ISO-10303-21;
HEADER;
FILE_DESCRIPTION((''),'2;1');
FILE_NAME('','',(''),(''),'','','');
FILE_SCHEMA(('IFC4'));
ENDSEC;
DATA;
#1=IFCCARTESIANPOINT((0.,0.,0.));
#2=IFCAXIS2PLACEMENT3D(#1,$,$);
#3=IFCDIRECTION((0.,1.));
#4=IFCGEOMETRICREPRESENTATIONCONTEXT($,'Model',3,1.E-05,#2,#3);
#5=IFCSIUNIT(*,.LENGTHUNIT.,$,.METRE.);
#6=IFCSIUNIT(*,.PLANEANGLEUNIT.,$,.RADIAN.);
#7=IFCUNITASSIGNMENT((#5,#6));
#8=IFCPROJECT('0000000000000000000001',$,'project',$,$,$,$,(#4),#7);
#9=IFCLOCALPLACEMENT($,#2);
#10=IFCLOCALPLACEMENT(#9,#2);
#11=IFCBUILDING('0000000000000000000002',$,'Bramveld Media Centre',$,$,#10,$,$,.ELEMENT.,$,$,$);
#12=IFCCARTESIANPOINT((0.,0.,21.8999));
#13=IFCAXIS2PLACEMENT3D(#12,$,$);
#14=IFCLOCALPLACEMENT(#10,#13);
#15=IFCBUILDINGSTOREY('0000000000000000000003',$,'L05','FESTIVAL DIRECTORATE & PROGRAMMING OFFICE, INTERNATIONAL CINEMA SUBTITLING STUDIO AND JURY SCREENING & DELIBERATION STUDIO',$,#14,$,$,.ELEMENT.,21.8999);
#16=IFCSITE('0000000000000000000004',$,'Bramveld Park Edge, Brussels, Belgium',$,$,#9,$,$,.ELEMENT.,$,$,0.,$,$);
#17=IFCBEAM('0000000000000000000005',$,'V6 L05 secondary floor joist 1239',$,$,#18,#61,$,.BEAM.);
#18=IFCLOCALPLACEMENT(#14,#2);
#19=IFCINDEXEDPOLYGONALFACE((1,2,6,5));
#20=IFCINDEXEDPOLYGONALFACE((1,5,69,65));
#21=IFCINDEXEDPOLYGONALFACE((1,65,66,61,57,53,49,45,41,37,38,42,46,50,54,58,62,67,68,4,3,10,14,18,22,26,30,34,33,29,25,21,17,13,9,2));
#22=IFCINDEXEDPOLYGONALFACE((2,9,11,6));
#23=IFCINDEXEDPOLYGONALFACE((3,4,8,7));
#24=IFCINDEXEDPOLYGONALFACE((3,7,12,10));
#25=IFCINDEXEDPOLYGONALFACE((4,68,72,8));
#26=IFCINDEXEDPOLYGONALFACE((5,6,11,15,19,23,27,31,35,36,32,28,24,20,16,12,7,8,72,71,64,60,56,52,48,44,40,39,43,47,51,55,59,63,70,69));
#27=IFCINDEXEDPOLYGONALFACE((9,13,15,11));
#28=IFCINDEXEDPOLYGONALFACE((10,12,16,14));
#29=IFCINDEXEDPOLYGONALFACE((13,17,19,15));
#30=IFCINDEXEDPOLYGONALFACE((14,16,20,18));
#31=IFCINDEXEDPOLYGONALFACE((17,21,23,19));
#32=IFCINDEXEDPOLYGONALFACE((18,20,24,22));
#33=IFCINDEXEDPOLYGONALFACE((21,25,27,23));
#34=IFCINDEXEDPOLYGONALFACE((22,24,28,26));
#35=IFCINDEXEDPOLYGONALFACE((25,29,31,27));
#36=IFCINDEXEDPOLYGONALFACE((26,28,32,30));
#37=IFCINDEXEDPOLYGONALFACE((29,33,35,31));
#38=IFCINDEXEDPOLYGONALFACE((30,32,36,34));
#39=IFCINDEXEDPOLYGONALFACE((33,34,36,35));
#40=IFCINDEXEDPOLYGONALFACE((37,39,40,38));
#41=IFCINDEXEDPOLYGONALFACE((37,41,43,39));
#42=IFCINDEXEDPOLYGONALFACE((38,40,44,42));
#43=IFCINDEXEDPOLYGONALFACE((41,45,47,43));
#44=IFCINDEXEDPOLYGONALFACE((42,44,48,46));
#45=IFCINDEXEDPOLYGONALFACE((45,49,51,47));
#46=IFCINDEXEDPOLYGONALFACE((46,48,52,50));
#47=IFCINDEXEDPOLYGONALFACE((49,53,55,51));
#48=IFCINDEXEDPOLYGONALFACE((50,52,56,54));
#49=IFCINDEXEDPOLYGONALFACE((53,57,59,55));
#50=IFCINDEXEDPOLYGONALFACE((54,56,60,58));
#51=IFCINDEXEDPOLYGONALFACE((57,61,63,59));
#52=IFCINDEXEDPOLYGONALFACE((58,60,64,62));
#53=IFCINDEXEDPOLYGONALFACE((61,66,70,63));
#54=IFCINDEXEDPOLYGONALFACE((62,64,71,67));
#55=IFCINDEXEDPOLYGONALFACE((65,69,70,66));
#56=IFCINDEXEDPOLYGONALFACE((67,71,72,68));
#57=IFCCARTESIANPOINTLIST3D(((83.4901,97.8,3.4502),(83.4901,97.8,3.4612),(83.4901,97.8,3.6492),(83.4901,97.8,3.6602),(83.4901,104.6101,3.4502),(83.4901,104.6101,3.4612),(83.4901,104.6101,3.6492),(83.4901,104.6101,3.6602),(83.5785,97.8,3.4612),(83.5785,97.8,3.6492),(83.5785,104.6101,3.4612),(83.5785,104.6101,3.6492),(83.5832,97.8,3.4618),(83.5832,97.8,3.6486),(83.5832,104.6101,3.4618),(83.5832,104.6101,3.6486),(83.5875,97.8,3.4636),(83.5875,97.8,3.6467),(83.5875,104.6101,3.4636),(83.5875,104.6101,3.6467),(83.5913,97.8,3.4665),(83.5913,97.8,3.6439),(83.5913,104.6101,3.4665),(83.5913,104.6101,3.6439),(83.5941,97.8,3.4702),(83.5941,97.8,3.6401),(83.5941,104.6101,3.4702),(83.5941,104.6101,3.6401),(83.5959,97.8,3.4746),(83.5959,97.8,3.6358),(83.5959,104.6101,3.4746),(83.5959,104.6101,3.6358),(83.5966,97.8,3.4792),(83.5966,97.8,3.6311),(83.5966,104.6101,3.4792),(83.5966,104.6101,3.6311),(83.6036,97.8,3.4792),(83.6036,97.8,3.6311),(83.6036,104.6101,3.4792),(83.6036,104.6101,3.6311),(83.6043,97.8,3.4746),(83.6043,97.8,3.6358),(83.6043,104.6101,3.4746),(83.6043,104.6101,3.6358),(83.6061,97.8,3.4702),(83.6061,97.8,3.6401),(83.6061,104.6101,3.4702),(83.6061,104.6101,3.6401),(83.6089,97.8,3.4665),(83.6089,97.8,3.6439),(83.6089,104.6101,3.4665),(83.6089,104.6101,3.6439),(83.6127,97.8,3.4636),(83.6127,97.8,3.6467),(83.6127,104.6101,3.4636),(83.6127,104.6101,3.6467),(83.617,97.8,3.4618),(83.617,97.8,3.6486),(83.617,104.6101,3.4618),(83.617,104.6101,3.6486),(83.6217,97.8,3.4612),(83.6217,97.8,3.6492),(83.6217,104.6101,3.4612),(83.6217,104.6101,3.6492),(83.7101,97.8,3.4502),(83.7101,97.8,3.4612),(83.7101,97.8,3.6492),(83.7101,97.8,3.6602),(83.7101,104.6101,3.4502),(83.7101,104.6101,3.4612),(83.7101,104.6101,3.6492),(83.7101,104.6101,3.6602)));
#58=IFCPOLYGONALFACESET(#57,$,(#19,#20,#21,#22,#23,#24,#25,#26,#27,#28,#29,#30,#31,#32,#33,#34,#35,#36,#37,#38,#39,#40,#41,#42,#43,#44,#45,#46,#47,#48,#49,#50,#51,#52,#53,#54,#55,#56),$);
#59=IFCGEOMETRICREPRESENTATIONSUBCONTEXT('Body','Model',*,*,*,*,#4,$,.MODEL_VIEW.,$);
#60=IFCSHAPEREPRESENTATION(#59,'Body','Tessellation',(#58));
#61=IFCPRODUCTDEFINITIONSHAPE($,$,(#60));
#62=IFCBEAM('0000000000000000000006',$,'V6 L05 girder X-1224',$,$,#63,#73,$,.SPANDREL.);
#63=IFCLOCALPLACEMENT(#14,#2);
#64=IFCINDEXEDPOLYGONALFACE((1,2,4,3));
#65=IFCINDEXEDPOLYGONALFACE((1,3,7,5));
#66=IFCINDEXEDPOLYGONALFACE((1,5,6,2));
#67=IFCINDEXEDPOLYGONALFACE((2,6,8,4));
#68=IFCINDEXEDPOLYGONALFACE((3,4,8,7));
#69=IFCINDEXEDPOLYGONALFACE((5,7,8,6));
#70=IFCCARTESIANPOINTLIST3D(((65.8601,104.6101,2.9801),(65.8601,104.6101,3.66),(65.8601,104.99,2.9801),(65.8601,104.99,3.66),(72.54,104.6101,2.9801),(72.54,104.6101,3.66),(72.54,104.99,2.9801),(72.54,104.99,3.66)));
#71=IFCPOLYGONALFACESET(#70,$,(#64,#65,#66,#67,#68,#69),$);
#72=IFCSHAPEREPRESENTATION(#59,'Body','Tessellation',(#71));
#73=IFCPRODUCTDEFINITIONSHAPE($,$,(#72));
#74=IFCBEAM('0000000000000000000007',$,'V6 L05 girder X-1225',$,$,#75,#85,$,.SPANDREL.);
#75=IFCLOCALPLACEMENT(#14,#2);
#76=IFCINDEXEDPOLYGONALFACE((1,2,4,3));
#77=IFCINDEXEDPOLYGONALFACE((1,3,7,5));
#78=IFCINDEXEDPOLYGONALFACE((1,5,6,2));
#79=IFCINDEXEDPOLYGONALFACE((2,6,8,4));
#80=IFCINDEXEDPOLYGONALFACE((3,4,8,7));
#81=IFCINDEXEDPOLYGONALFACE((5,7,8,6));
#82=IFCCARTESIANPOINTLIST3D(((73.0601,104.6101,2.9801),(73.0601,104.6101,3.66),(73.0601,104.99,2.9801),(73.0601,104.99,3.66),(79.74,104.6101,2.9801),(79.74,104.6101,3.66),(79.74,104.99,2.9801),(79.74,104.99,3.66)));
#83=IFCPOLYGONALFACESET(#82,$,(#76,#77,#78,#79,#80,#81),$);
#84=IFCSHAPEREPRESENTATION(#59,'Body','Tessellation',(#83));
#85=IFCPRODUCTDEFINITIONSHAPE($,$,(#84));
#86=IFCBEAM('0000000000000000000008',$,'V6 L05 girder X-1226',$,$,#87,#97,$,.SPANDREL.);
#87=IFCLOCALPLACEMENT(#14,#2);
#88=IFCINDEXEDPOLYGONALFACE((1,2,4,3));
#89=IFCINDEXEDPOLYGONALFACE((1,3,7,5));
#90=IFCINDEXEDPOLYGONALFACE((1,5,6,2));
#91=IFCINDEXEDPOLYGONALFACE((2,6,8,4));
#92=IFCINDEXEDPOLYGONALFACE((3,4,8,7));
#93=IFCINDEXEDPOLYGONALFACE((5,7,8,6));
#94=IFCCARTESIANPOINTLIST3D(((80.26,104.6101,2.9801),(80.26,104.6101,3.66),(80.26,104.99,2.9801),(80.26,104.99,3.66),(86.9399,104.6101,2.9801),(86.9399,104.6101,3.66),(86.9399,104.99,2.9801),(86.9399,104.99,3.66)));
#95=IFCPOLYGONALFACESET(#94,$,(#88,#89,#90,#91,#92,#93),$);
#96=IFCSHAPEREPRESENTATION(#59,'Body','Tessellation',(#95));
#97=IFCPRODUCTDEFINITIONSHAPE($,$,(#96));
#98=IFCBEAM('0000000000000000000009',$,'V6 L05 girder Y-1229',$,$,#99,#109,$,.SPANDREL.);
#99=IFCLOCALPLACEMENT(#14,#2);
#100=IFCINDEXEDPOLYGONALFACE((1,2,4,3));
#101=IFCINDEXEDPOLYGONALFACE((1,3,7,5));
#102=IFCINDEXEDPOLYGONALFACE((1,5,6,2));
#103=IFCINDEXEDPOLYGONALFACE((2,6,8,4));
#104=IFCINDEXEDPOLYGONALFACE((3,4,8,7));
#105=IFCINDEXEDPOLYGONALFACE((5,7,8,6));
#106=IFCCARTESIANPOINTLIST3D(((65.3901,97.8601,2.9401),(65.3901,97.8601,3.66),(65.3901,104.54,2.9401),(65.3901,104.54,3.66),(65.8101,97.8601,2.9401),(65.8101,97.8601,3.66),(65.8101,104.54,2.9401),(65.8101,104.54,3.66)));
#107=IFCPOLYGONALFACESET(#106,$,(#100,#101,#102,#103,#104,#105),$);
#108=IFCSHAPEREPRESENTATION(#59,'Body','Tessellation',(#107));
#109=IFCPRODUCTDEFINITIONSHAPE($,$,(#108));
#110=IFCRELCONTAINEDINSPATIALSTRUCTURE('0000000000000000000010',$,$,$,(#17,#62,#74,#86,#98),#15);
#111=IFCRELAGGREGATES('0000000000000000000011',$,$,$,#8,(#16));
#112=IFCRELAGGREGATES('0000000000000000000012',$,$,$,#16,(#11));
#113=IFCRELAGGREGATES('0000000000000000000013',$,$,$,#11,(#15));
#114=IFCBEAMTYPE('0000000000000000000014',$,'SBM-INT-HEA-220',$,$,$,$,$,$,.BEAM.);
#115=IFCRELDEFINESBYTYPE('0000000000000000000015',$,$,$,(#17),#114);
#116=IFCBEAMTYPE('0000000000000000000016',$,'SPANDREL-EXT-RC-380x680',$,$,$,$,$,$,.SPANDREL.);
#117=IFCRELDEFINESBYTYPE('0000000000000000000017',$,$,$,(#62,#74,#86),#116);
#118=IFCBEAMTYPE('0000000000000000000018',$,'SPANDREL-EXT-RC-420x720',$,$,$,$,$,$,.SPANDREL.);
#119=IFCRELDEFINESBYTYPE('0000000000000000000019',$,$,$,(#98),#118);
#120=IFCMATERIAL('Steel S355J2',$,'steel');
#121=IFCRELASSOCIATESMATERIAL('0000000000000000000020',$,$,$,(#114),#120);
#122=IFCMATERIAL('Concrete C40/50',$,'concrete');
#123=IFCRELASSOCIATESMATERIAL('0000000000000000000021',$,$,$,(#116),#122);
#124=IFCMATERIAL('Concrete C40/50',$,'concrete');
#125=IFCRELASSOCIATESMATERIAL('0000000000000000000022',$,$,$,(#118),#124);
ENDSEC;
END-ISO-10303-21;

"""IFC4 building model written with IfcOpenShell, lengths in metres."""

from ifc_helpers import new_model, si_unit, direction, frame, origin, origin_2d, place, context, subcontext, project, spatial, rectangle, i_section, extrude, material, material_profile, profile_set, type_object, element, save


model = new_model("IFC4")

# Units and contexts
model_context = context("Model", 3, precision=1e-05, world=origin(), true_north=direction((0.0, 1.0)))
body_context = subcontext(model_context, "Body", "Model", "MODEL_VIEW")
ifc_project = project(units=[si_unit("LENGTHUNIT", "METRE"), si_unit("PLANEANGLEUNIT", "RADIAN")], contexts=[model_context])

# Site, building, storey
site_placement = place(None, origin())
site = spatial("IfcSite", under=ifc_project, at=site_placement, Name="Bramveld Park Edge, Brussels, Belgium", CompositionType="ELEMENT", RefElevation=0.0)
building_placement = place(site_placement, origin())
building = spatial("IfcBuilding", under=site, at=building_placement, Name="Bramveld Media Centre", CompositionType="ELEMENT")
storey_placement = place(building_placement, frame((0.0, 0.0, 21.8999)))
storey = spatial("IfcBuildingStorey", under=building, at=storey_placement, Name="L05", Description="FESTIVAL DIRECTORATE & PROGRAMMING OFFICE, INTERNATIONAL CINEMA SUBTITLING STUDIO AND JURY SCREENING & DELIBERATION STUDIO", CompositionType="ELEMENT", Elevation=21.8999)

# Beams
ifc_material_1 = material(Name="Steel S355J2", Category="steel")
ifc_material_profile_1 = material_profile(ifc_material_1, i_section(OverallWidth=0.22, OverallDepth=0.21, WebThickness=0.0071, FlangeThickness=0.011, FilletRadius=0.0181, at=origin_2d()), Name="HEA 220")
ifc_profile_set_1 = profile_set([ifc_material_profile_1], Name="Steel S355J2")
beam_type_1 = type_object("IfcBeamType", Name="SBM-INT-HEA-220", PredefinedType="BEAM", material=ifc_profile_set_1)
beam_1_placement = place(storey_placement, frame((83.6001, 97.8, 3.5552), z_axis=(0.0, 1.0, 0.0), x_axis=(-1.0, 0.0, 0.0)))
element("IfcBeam", 1, at=beam_1_placement, inside=storey, type_object=beam_type_1, Name="V6 L05 secondary floor joist 1239", PredefinedType="BEAM", context=body_context, shape_type="SweptSolid", body=[
    extrude(i_section(OverallWidth=0.22, OverallDepth=0.21, WebThickness=0.0071, FlangeThickness=0.011, FilletRadius=0.0181, at=origin_2d()), origin(), (0.0, 0.0, 1.0), 6.8101),
])
ifc_material_2 = material(Name="Concrete C40/50", Category="concrete")
ifc_material_profile_2 = material_profile(ifc_material_2, rectangle(XDim=0.3799, YDim=0.6799, at=origin_2d()), Name="RC 380x680")
ifc_profile_set_2 = profile_set([ifc_material_profile_2], Name="Concrete C40/50")
beam_type_2 = type_object("IfcBeamType", Name="SPANDREL-EXT-RC-380x680", PredefinedType="SPANDREL", material=ifc_profile_set_2)
for number, where, z_axis, x_axis, name in (
    (2, (65.8601, 104.8, 3.3201), (1.0, 0.0, 0.0), (0.0, 1.0, 0.0), "V6 L05 girder X-1224"),
    (3, (73.0601, 104.8, 3.3201), (1.0, 0.0, 0.0), (0.0, 1.0, 0.0), "V6 L05 girder X-1225"),
    (4, (80.26, 104.8, 3.3201), (1.0, 0.0, 0.0), (0.0, 1.0, 0.0), "V6 L05 girder X-1226"),
):
    element("IfcBeam", number, at=place(storey_placement, frame(where, z_axis=z_axis, x_axis=x_axis)), inside=storey, type_object=beam_type_2, Name=name, PredefinedType="SPANDREL", context=body_context, shape_type="SweptSolid", body=[
        extrude(rectangle(XDim=0.3799, YDim=0.6799, at=origin_2d()), origin(), (0.0, 0.0, 1.0), 6.6799),
    ])
ifc_material_3 = material(Name="Concrete C40/50", Category="concrete")
ifc_material_profile_3 = material_profile(ifc_material_3, rectangle(XDim=0.4199, YDim=0.72, at=origin_2d()), Name="RC 420x720")
ifc_profile_set_3 = profile_set([ifc_material_profile_3], Name="Concrete C40/50")
beam_type_3 = type_object("IfcBeamType", Name="SPANDREL-EXT-RC-420x720", PredefinedType="SPANDREL", material=ifc_profile_set_3)
beam_2_placement = place(storey_placement, frame((65.6001, 97.8601, 3.3), z_axis=(0.0, 1.0, 0.0), x_axis=(-1.0, 0.0, 0.0)))
element("IfcBeam", 5, at=beam_2_placement, inside=storey, type_object=beam_type_3, Name="V6 L05 girder Y-1229", PredefinedType="SPANDREL", context=body_context, shape_type="SweptSolid", body=[
    extrude(rectangle(XDim=0.4199, YDim=0.72, at=origin_2d()), origin(), (0.0, 0.0, 1.0), 6.6799),
])

save(model, "model.ifc")
